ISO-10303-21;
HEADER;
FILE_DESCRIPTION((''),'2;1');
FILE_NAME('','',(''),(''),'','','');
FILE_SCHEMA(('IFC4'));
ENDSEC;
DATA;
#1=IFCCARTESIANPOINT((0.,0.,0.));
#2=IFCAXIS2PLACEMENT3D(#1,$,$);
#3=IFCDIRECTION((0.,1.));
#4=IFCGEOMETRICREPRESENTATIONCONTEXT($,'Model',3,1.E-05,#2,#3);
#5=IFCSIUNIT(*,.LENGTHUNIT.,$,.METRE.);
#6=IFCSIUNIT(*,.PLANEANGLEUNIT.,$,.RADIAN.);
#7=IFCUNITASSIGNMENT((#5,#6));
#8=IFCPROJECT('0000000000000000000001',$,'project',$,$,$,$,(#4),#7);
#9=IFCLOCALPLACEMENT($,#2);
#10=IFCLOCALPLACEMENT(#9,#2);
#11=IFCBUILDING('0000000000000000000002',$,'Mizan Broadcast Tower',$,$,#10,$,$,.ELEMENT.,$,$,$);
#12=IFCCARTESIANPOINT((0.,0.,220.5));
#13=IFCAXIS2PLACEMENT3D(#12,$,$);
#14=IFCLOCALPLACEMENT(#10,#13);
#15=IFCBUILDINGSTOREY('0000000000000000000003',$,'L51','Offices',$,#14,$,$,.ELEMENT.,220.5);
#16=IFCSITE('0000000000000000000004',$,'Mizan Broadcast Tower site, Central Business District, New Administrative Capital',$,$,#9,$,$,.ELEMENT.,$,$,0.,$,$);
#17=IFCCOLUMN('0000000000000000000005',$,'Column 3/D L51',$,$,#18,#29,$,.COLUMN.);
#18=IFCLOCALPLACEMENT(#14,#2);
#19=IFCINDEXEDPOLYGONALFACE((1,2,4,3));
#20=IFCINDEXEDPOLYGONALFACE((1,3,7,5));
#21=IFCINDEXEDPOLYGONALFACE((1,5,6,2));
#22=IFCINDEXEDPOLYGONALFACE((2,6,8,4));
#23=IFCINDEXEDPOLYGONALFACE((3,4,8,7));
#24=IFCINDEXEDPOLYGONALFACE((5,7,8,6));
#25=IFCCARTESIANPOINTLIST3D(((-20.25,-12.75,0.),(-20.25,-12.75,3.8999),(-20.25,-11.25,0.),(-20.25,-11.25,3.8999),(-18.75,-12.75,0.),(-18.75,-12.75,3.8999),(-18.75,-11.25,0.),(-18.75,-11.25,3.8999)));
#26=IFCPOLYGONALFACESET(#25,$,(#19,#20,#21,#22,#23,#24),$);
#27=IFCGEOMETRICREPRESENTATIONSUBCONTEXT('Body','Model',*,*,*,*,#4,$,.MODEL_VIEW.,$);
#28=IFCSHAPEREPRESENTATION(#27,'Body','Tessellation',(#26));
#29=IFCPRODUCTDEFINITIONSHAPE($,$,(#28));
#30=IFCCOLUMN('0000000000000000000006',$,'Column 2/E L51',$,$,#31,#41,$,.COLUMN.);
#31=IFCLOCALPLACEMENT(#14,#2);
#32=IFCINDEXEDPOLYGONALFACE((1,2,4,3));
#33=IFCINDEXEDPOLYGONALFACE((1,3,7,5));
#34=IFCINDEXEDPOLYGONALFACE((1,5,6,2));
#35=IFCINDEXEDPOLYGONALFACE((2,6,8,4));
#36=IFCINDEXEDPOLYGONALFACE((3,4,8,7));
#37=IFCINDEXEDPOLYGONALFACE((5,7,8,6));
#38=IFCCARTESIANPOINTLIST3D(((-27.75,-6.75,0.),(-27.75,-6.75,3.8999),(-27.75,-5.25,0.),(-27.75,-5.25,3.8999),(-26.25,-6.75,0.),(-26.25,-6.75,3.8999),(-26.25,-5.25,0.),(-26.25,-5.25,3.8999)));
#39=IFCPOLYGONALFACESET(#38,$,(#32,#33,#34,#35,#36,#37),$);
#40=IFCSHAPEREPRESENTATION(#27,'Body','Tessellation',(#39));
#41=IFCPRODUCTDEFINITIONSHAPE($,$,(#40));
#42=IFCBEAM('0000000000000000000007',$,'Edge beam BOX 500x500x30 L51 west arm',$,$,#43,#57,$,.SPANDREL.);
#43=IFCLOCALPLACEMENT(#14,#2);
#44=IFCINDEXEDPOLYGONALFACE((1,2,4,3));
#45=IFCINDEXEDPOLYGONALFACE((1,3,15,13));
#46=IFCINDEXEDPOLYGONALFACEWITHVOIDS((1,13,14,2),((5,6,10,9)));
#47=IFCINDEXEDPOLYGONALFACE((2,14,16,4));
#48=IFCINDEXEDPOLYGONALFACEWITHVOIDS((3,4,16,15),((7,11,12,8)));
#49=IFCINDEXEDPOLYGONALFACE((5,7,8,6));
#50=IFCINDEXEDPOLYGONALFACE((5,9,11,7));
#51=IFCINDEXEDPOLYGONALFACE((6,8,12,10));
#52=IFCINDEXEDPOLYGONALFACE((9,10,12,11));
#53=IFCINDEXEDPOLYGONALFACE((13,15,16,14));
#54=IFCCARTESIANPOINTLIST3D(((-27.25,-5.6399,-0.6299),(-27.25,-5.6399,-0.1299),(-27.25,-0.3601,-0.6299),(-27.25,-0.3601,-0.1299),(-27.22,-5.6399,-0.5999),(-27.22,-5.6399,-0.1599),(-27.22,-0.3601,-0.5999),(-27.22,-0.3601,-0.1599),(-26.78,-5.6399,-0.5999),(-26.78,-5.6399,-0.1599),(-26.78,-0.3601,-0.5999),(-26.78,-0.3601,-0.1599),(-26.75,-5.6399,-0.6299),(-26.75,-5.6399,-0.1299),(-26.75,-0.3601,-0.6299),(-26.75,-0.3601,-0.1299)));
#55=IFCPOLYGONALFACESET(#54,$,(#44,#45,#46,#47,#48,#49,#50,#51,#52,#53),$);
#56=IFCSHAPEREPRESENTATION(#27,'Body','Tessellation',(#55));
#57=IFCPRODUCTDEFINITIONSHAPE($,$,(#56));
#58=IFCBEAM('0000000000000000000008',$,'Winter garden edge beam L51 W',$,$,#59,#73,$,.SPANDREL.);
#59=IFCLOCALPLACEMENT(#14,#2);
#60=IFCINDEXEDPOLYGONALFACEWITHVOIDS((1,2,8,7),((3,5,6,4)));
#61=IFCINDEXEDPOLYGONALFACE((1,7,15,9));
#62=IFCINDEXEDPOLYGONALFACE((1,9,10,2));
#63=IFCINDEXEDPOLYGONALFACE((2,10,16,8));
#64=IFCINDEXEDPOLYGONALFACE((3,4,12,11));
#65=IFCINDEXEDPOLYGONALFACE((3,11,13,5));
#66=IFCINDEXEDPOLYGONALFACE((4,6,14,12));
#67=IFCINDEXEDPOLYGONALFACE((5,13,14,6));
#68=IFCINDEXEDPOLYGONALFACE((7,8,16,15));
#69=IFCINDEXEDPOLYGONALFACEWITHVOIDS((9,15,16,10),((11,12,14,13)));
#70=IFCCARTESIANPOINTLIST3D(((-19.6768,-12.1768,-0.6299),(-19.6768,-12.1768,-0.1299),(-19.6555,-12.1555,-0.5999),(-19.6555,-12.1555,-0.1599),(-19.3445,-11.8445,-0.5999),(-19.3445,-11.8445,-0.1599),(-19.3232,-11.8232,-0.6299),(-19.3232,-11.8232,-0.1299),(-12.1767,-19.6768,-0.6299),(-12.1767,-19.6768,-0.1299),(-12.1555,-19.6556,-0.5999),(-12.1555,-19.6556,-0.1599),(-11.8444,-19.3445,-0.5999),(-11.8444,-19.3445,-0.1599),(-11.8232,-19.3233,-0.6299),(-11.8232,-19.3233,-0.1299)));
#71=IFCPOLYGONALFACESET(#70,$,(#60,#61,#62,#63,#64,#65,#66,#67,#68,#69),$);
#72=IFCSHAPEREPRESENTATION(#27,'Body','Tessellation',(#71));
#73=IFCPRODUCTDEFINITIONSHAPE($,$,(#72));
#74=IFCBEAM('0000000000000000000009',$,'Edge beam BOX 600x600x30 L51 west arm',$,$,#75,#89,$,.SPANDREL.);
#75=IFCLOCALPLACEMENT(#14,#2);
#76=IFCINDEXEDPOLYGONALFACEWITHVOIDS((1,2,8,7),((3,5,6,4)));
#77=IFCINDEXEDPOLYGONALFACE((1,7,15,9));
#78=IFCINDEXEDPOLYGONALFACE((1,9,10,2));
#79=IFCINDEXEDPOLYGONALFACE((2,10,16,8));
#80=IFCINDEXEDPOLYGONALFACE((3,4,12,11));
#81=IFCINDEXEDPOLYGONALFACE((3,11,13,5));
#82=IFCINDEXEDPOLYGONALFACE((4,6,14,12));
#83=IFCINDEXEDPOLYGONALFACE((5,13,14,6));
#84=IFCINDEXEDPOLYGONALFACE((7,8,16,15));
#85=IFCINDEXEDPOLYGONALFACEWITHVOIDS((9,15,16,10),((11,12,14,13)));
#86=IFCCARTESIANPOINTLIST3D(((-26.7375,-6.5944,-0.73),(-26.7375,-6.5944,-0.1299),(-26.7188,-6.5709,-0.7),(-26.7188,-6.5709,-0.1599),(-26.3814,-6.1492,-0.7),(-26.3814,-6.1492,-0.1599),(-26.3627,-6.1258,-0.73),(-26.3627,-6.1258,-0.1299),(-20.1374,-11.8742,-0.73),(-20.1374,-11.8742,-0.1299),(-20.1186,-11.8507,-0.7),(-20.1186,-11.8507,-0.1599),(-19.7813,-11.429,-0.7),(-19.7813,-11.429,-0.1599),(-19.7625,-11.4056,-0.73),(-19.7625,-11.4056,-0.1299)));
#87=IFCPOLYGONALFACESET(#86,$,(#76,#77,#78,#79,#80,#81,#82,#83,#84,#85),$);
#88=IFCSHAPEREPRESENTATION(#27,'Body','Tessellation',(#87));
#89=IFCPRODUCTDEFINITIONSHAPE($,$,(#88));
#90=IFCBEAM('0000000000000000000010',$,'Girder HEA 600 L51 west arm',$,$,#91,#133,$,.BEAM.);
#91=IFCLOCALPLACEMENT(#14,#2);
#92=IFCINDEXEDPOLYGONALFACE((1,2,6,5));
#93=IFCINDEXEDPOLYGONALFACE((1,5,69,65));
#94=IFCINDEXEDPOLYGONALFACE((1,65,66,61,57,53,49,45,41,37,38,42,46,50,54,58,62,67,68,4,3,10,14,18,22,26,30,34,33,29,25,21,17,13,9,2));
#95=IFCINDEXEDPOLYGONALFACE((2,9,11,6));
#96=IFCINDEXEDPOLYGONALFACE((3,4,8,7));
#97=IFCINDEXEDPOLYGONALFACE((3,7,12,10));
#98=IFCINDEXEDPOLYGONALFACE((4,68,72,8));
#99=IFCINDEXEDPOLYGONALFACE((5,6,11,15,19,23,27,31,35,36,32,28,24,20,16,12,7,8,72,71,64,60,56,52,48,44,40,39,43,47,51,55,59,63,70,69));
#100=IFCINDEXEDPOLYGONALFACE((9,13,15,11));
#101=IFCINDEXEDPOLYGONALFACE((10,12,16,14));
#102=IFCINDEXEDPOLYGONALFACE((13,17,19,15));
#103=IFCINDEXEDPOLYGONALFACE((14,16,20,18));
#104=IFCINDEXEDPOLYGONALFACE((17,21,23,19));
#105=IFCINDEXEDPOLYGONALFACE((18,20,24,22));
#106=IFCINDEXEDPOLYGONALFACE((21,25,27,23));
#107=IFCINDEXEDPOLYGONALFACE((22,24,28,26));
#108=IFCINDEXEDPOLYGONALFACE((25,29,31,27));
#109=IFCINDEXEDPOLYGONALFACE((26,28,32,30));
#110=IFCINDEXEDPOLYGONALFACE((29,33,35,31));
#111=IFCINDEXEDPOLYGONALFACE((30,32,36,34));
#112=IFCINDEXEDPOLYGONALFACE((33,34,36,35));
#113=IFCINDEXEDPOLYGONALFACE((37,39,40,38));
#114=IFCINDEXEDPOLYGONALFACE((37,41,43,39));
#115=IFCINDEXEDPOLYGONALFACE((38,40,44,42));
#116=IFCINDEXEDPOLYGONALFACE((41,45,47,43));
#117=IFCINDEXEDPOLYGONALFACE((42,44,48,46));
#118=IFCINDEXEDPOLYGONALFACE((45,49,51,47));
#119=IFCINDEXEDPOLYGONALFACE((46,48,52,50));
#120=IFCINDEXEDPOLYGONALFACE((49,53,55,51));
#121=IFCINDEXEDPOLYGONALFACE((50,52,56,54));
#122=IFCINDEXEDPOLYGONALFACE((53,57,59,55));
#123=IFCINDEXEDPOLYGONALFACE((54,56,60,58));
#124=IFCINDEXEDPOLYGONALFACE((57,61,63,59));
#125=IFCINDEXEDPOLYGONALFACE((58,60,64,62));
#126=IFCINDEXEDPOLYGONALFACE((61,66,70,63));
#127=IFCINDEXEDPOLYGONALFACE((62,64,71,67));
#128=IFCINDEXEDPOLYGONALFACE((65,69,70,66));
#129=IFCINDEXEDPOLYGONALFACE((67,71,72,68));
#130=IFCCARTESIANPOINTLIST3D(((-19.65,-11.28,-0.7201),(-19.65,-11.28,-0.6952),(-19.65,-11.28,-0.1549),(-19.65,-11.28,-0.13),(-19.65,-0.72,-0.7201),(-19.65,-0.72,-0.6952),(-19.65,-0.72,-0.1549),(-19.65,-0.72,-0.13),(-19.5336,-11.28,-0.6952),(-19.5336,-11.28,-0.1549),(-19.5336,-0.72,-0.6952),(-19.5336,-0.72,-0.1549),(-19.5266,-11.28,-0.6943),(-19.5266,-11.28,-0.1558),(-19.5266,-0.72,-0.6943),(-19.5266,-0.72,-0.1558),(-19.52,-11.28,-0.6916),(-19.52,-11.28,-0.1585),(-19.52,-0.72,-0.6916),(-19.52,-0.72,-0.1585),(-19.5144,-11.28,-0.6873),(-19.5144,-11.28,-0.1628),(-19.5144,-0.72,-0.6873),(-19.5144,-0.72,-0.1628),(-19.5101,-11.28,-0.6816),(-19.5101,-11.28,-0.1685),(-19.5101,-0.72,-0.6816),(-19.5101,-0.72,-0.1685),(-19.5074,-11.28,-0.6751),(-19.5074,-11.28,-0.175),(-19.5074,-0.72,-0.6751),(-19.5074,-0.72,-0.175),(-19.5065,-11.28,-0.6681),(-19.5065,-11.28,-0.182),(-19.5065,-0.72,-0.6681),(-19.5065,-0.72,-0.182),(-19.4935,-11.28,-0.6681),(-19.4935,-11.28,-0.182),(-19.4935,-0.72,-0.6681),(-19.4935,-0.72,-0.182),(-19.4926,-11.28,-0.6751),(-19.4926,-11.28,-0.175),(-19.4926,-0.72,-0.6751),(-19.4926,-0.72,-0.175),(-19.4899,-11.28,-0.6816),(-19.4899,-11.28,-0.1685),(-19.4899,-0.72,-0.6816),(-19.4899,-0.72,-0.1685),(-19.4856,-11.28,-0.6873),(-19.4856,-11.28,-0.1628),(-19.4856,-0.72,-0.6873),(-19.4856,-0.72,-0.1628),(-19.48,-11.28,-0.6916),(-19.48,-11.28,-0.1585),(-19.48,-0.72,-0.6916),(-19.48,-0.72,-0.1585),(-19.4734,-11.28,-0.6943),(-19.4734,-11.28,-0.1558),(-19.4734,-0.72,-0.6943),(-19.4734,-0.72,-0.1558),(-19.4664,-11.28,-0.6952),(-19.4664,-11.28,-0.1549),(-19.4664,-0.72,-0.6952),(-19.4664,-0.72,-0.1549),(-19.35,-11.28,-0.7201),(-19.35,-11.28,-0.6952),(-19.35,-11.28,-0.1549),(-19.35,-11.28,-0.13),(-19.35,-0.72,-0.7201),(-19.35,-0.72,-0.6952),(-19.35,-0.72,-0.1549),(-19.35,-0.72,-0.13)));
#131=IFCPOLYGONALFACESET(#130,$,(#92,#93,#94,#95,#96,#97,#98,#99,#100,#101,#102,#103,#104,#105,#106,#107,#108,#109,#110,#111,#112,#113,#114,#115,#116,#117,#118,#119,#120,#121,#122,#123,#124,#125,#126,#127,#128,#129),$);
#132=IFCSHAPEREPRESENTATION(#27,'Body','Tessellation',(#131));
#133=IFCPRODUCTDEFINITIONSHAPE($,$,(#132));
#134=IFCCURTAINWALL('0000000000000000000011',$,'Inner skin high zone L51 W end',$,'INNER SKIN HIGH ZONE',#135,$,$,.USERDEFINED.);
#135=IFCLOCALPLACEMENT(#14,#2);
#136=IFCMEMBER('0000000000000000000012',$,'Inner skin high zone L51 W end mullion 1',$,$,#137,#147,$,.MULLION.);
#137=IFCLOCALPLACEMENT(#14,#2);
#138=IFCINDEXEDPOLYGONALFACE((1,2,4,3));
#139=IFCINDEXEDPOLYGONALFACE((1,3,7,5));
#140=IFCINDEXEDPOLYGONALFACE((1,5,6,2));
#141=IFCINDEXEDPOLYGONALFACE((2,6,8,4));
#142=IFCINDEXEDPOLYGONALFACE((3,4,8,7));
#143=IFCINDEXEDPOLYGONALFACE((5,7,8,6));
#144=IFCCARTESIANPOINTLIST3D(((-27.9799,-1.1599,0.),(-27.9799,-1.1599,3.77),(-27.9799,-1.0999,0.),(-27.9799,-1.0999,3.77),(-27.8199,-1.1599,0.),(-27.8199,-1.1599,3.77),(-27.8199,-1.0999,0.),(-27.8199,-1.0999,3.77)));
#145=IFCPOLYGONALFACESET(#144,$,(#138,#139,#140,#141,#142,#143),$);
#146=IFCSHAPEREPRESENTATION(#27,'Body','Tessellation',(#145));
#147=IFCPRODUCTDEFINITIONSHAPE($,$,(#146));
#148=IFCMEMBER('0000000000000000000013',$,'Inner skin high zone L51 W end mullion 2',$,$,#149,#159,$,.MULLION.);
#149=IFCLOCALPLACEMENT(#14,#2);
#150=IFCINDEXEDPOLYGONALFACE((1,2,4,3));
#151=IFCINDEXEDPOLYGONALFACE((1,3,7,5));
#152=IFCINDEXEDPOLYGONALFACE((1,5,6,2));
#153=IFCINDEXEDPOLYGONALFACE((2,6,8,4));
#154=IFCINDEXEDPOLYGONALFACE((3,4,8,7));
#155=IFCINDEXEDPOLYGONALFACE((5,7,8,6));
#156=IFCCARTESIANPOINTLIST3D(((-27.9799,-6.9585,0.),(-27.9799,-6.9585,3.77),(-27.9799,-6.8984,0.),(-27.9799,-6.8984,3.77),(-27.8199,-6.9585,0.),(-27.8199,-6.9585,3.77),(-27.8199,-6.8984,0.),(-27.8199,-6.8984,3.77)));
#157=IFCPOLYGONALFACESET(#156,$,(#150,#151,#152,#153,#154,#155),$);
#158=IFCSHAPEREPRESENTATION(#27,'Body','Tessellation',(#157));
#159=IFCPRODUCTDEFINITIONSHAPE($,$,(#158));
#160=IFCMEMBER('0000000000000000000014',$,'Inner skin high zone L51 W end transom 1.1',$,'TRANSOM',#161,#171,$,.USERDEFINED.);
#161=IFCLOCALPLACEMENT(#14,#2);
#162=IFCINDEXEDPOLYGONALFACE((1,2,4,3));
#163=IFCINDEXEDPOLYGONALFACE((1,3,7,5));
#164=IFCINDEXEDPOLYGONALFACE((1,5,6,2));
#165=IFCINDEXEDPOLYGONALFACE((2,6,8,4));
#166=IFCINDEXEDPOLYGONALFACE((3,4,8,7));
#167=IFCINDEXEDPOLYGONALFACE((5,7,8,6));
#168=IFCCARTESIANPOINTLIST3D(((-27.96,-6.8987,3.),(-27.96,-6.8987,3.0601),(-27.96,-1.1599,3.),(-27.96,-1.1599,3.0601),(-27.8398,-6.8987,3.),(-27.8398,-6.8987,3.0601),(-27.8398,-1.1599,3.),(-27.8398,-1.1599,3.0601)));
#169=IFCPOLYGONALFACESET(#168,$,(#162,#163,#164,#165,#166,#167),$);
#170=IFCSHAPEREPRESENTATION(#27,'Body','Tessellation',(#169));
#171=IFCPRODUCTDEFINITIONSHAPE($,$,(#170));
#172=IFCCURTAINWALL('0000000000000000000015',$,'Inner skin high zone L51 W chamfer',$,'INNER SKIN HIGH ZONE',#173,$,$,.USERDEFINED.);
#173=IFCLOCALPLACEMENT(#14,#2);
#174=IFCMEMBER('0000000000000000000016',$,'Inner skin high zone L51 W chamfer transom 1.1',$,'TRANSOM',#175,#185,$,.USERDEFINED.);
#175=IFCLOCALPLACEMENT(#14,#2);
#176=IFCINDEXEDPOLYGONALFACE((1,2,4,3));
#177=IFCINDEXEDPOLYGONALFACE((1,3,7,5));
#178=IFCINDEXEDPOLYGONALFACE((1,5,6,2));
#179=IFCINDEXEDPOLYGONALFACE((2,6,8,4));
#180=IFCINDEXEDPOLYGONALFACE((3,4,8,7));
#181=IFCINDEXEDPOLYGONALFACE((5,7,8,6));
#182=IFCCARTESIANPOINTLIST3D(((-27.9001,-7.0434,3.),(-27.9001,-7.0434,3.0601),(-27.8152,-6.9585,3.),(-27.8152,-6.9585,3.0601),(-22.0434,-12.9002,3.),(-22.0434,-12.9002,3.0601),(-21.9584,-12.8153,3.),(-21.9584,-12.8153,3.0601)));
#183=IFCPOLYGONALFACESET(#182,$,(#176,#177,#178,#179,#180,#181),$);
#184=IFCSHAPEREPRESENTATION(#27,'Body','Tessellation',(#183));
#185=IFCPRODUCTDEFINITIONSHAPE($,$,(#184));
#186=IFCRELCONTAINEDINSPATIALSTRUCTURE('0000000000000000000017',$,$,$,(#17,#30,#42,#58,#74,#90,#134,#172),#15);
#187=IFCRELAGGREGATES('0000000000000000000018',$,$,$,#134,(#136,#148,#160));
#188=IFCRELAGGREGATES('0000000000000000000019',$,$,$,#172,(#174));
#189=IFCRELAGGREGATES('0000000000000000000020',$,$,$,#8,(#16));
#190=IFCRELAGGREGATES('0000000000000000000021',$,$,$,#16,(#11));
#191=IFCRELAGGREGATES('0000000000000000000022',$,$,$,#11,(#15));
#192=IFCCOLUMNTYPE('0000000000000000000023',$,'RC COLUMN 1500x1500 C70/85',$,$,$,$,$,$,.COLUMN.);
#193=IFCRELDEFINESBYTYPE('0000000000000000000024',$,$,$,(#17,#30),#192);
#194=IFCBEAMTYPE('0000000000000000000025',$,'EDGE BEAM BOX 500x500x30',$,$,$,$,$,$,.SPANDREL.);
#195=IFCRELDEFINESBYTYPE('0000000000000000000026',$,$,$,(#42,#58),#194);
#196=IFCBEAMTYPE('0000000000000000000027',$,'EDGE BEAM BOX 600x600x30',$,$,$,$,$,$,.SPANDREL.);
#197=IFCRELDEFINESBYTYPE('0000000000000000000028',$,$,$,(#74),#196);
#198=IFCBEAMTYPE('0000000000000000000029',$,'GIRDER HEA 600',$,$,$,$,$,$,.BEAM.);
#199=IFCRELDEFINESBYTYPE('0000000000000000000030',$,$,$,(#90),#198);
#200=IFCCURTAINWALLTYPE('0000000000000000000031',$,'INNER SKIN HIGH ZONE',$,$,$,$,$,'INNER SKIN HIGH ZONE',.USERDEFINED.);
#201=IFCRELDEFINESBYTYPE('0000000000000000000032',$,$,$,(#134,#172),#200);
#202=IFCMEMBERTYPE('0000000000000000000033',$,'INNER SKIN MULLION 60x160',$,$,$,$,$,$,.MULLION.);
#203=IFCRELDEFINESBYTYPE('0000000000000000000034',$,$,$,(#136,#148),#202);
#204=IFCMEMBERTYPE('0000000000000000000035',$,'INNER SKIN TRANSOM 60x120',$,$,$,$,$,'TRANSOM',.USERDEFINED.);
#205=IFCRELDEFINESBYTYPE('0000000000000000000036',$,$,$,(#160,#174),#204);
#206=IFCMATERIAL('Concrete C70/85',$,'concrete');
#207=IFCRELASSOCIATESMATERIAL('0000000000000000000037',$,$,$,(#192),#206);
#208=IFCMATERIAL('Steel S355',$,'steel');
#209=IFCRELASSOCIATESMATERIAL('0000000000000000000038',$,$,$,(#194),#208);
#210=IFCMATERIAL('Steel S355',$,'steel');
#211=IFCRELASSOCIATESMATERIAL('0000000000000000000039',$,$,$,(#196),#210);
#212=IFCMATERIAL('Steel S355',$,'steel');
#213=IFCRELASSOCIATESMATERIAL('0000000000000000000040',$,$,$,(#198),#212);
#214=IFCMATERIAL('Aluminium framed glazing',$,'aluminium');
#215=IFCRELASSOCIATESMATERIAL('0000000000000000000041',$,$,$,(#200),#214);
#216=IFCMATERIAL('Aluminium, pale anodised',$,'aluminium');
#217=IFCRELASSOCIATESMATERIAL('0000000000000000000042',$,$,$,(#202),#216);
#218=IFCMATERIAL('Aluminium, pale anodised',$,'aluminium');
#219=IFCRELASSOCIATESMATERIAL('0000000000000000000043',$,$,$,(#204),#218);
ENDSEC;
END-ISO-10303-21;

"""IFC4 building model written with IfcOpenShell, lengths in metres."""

from ifc_helpers import new_model, si_unit, direction, frame, origin, origin_2d, place, context, subcontext, project, spatial, rectangle, hollow_rectangle, i_section, extrude, material, material_profile, profile_set, type_object, element, aggregate, save


model = new_model("IFC4")

# Units and contexts
model_context = context("Model", 3, precision=1e-05, world=origin(), true_north=direction((0.0, 1.0)))
body_context = subcontext(model_context, "Body", "Model", "MODEL_VIEW")
ifc_project = project(units=[si_unit("LENGTHUNIT", "METRE"), si_unit("PLANEANGLEUNIT", "RADIAN")], contexts=[model_context])

# Site, building, storey
site_placement = place(None, origin())
site = spatial("IfcSite", under=ifc_project, at=site_placement, Name="Mizan Broadcast Tower site, Central Business District, New Administrative Capital", CompositionType="ELEMENT", RefElevation=0.0)
building_placement = place(site_placement, origin())
building = spatial("IfcBuilding", under=site, at=building_placement, Name="Mizan Broadcast Tower", CompositionType="ELEMENT")
storey_placement = place(building_placement, frame((0.0, 0.0, 220.5)))
storey = spatial("IfcBuildingStorey", under=building, at=storey_placement, Name="L51", Description="Offices", CompositionType="ELEMENT", Elevation=220.5)

# Columns
ifc_material_1 = material(Name="Concrete C70/85", Category="concrete")
ifc_material_profile_1 = material_profile(ifc_material_1, rectangle(XDim=1.5, YDim=1.5, at=origin_2d()), Name="RC 1500x1500")
ifc_profile_set_1 = profile_set([ifc_material_profile_1], Name="Concrete C70/85")
column_type = type_object("IfcColumnType", Name="RC COLUMN 1500x1500 C70/85", PredefinedType="COLUMN", material=ifc_profile_set_1)
for number, where, z_axis, x_axis, name in (
    (1, (-19.5, -12.0, 0.0), (0.0, 0.0, 1.0), (1.0, 0.0, 0.0), "Column 3/D L51"),
    (2, (-27.0, -6.0, 0.0), (0.0, 0.0, 1.0), (1.0, 0.0, 0.0), "Column 2/E L51"),
):
    element("IfcColumn", number, at=place(storey_placement, frame(where, z_axis=z_axis, x_axis=x_axis)), inside=storey, type_object=column_type, Name=name, PredefinedType="COLUMN", context=body_context, shape_type="SweptSolid", body=[
        extrude(rectangle(XDim=1.5, YDim=1.5, at=origin_2d()), origin(), (0.0, 0.0, 1.0), 3.8999),
    ])

# Beams
ifc_material_2 = material(Name="Steel S355", Category="steel")
ifc_material_profile_2 = material_profile(ifc_material_2, hollow_rectangle(XDim=0.5, YDim=0.5, WallThickness=0.03, at=origin_2d()), Name="BOX 500x500x30")
ifc_profile_set_2 = profile_set([ifc_material_profile_2], Name="Steel S355")
beam_type_1 = type_object("IfcBeamType", Name="EDGE BEAM BOX 500x500x30", PredefinedType="SPANDREL", material=ifc_profile_set_2)
beam_1_placement = place(storey_placement, frame((-27.0, -5.6399, -0.3799), z_axis=(0.0, 1.0, 0.0), x_axis=(-1.0, 0.0, 0.0)))
element("IfcBeam", 3, at=beam_1_placement, inside=storey, type_object=beam_type_1, Name="Edge beam BOX 500x500x30 L51 west arm", PredefinedType="SPANDREL", context=body_context, shape_type="SweptSolid", body=[
    extrude(hollow_rectangle(XDim=0.5, YDim=0.5, WallThickness=0.03, at=origin_2d()), origin(), (0.0, 0.0, 1.0), 5.2798),
])
beam_2_placement = place(storey_placement, frame((-19.5, -12.0, -0.3799), z_axis=(0.707107, -0.707107, 0.0), x_axis=(0.707107, 0.707107, 0.0)))
element("IfcBeam", 4, at=beam_2_placement, inside=storey, type_object=beam_type_1, Name="Winter garden edge beam L51 W", PredefinedType="SPANDREL", context=body_context, shape_type="SweptSolid", body=[
    extrude(hollow_rectangle(XDim=0.5, YDim=0.5, WallThickness=0.03, at=origin_2d()), origin(), (0.0, 0.0, 1.0), 10.6067),
])
ifc_material_3 = material(Name="Steel S355", Category="steel")
ifc_material_profile_3 = material_profile(ifc_material_3, hollow_rectangle(XDim=0.6001, YDim=0.6001, WallThickness=0.03, at=origin_2d()), Name="BOX 600x600x30")
ifc_profile_set_3 = profile_set([ifc_material_profile_3], Name="Steel S355")
beam_type_2 = type_object("IfcBeamType", Name="EDGE BEAM BOX 600x600x30", PredefinedType="SPANDREL", material=ifc_profile_set_3)
beam_3_placement = place(storey_placement, frame((-19.95, -11.6399, -0.4299), z_axis=(-0.780886, 0.624674, 0.0), x_axis=(-0.624674, -0.780886, 0.0)))
element("IfcBeam", 5, at=beam_3_placement, inside=storey, type_object=beam_type_2, Name="Edge beam BOX 600x600x30 L51 west arm", PredefinedType="SPANDREL", context=body_context, shape_type="SweptSolid", body=[
    extrude(hollow_rectangle(XDim=0.6001, YDim=0.6001, WallThickness=0.03, at=origin_2d()), origin(), (0.0, 0.0, 1.0), 8.4521),
])
ifc_material_4 = material(Name="Steel S355", Category="steel")
ifc_material_profile_4 = material_profile(ifc_material_4, i_section(OverallWidth=0.3, OverallDepth=0.5901, WebThickness=0.0129, FlangeThickness=0.0249, FilletRadius=0.0271, at=origin_2d()), Name="HEA 600")
ifc_profile_set_4 = profile_set([ifc_material_profile_4], Name="Steel S355")
beam_type_3 = type_object("IfcBeamType", Name="GIRDER HEA 600", PredefinedType="BEAM", material=ifc_profile_set_4)
beam_4_placement = place(storey_placement, frame((-19.5, -11.28, -0.425), z_axis=(0.0, 1.0, 0.0), x_axis=(-1.0, 0.0, 0.0)))
element("IfcBeam", 6, at=beam_4_placement, inside=storey, type_object=beam_type_3, Name="Girder HEA 600 L51 west arm", PredefinedType="BEAM", context=body_context, shape_type="SweptSolid", body=[
    extrude(i_section(OverallWidth=0.3, OverallDepth=0.5901, WebThickness=0.0129, FlangeThickness=0.0249, FilletRadius=0.0271, at=origin_2d()), origin(), (0.0, 0.0, 1.0), 10.5601),
])

# Curtain wall, members
ifc_material_5 = material(Name="Aluminium framed glazing", Category="aluminium")
curtain_wall_type_1 = type_object("IfcCurtainWallType", Name="INNER SKIN HIGH ZONE", ElementType="INNER SKIN HIGH ZONE", PredefinedType="USERDEFINED", material=ifc_material_5)
curtain_wall_1_placement = place(storey_placement, origin())
curtain_wall_1 = element("IfcCurtainWall", 7, at=curtain_wall_1_placement, inside=storey, type_object=curtain_wall_type_1, Name="Inner skin high zone L51 W end", ObjectType="INNER SKIN HIGH ZONE", PredefinedType="USERDEFINED")
ifc_material_6 = material(Name="Aluminium, pale anodised", Category="aluminium")
ifc_material_profile_5 = material_profile(ifc_material_6, rectangle(XDim=0.1599, YDim=0.0601, at=origin_2d()), Name="MULLION 160x60")
ifc_profile_set_5 = profile_set([ifc_material_profile_5], Name="Aluminium, pale anodised")
member_type_1 = type_object("IfcMemberType", Name="INNER SKIN MULLION 60x160", PredefinedType="MULLION", material=ifc_profile_set_5)
member_1_placement = place(storey_placement, frame((-27.8999, -1.1299, 0.0), z_axis=(0.0, 0.0, 1.0), x_axis=(1.0, 0.0, 0.0)))
member_1 = element("IfcMember", 8, at=member_1_placement, type_object=member_type_1, Name="Inner skin high zone L51 W end mullion 1", PredefinedType="MULLION", context=body_context, shape_type="SweptSolid", body=[
    extrude(rectangle(XDim=0.1599, YDim=0.0601, at=origin_2d()), origin(), (0.0, 0.0, 1.0), 3.77),
])
member_2_placement = place(storey_placement, frame((-27.8999, -6.9285, 0.0), z_axis=(0.0, 0.0, 1.0), x_axis=(1.0, 0.0, 0.0)))
member_2 = element("IfcMember", 9, at=member_2_placement, type_object=member_type_1, Name="Inner skin high zone L51 W end mullion 2", PredefinedType="MULLION", context=body_context, shape_type="SweptSolid", body=[
    extrude(rectangle(XDim=0.1599, YDim=0.0601, at=origin_2d()), origin(), (0.0, 0.0, 1.0), 3.77),
])
ifc_material_7 = material(Name="Aluminium, pale anodised", Category="aluminium")
ifc_material_profile_6 = material_profile(ifc_material_7, rectangle(XDim=0.1201, YDim=0.0601, at=origin_2d()), Name="TRANSOM 120x60")
ifc_profile_set_6 = profile_set([ifc_material_profile_6], Name="Aluminium, pale anodised")
member_type_2 = type_object("IfcMemberType", Name="INNER SKIN TRANSOM 60x120", ElementType="TRANSOM", PredefinedType="USERDEFINED", material=ifc_profile_set_6)
member_3_placement = place(storey_placement, frame((-27.8999, -1.1599, 3.03), z_axis=(0.0, -1.0, 0.0), x_axis=(1.0, 0.0, 0.0)))
member_3 = element("IfcMember", 10, at=member_3_placement, type_object=member_type_2, Name="Inner skin high zone L51 W end transom 1.1", ObjectType="TRANSOM", PredefinedType="USERDEFINED", context=body_context, shape_type="SweptSolid", body=[
    extrude(rectangle(XDim=0.1201, YDim=0.0601, at=origin_2d()), origin(), (0.0, 0.0, 1.0), 5.7388),
])

# Curtain wall, member
curtain_wall_2_placement = place(storey_placement, origin())
curtain_wall_2 = element("IfcCurtainWall", 11, at=curtain_wall_2_placement, inside=storey, type_object=curtain_wall_type_1, Name="Inner skin high zone L51 W chamfer", ObjectType="INNER SKIN HIGH ZONE", PredefinedType="USERDEFINED")
member_4_placement = place(storey_placement, frame((-27.8577, -7.001, 3.03), z_axis=(0.707107, -0.707107, 0.0), x_axis=(0.707107, 0.707107, 0.0)))
member_4 = element("IfcMember", 12, at=member_4_placement, type_object=member_type_2, Name="Inner skin high zone L51 W chamfer transom 1.1", ObjectType="TRANSOM", PredefinedType="USERDEFINED", context=body_context, shape_type="SweptSolid", body=[
    extrude(rectangle(XDim=0.1201, YDim=0.0601, at=origin_2d()), origin(), (0.0, 0.0, 1.0), 8.2827),
])

aggregate(curtain_wall_1, [member_1, member_2, member_3])
aggregate(curtain_wall_2, [member_4])

save(model, "model.ifc")
